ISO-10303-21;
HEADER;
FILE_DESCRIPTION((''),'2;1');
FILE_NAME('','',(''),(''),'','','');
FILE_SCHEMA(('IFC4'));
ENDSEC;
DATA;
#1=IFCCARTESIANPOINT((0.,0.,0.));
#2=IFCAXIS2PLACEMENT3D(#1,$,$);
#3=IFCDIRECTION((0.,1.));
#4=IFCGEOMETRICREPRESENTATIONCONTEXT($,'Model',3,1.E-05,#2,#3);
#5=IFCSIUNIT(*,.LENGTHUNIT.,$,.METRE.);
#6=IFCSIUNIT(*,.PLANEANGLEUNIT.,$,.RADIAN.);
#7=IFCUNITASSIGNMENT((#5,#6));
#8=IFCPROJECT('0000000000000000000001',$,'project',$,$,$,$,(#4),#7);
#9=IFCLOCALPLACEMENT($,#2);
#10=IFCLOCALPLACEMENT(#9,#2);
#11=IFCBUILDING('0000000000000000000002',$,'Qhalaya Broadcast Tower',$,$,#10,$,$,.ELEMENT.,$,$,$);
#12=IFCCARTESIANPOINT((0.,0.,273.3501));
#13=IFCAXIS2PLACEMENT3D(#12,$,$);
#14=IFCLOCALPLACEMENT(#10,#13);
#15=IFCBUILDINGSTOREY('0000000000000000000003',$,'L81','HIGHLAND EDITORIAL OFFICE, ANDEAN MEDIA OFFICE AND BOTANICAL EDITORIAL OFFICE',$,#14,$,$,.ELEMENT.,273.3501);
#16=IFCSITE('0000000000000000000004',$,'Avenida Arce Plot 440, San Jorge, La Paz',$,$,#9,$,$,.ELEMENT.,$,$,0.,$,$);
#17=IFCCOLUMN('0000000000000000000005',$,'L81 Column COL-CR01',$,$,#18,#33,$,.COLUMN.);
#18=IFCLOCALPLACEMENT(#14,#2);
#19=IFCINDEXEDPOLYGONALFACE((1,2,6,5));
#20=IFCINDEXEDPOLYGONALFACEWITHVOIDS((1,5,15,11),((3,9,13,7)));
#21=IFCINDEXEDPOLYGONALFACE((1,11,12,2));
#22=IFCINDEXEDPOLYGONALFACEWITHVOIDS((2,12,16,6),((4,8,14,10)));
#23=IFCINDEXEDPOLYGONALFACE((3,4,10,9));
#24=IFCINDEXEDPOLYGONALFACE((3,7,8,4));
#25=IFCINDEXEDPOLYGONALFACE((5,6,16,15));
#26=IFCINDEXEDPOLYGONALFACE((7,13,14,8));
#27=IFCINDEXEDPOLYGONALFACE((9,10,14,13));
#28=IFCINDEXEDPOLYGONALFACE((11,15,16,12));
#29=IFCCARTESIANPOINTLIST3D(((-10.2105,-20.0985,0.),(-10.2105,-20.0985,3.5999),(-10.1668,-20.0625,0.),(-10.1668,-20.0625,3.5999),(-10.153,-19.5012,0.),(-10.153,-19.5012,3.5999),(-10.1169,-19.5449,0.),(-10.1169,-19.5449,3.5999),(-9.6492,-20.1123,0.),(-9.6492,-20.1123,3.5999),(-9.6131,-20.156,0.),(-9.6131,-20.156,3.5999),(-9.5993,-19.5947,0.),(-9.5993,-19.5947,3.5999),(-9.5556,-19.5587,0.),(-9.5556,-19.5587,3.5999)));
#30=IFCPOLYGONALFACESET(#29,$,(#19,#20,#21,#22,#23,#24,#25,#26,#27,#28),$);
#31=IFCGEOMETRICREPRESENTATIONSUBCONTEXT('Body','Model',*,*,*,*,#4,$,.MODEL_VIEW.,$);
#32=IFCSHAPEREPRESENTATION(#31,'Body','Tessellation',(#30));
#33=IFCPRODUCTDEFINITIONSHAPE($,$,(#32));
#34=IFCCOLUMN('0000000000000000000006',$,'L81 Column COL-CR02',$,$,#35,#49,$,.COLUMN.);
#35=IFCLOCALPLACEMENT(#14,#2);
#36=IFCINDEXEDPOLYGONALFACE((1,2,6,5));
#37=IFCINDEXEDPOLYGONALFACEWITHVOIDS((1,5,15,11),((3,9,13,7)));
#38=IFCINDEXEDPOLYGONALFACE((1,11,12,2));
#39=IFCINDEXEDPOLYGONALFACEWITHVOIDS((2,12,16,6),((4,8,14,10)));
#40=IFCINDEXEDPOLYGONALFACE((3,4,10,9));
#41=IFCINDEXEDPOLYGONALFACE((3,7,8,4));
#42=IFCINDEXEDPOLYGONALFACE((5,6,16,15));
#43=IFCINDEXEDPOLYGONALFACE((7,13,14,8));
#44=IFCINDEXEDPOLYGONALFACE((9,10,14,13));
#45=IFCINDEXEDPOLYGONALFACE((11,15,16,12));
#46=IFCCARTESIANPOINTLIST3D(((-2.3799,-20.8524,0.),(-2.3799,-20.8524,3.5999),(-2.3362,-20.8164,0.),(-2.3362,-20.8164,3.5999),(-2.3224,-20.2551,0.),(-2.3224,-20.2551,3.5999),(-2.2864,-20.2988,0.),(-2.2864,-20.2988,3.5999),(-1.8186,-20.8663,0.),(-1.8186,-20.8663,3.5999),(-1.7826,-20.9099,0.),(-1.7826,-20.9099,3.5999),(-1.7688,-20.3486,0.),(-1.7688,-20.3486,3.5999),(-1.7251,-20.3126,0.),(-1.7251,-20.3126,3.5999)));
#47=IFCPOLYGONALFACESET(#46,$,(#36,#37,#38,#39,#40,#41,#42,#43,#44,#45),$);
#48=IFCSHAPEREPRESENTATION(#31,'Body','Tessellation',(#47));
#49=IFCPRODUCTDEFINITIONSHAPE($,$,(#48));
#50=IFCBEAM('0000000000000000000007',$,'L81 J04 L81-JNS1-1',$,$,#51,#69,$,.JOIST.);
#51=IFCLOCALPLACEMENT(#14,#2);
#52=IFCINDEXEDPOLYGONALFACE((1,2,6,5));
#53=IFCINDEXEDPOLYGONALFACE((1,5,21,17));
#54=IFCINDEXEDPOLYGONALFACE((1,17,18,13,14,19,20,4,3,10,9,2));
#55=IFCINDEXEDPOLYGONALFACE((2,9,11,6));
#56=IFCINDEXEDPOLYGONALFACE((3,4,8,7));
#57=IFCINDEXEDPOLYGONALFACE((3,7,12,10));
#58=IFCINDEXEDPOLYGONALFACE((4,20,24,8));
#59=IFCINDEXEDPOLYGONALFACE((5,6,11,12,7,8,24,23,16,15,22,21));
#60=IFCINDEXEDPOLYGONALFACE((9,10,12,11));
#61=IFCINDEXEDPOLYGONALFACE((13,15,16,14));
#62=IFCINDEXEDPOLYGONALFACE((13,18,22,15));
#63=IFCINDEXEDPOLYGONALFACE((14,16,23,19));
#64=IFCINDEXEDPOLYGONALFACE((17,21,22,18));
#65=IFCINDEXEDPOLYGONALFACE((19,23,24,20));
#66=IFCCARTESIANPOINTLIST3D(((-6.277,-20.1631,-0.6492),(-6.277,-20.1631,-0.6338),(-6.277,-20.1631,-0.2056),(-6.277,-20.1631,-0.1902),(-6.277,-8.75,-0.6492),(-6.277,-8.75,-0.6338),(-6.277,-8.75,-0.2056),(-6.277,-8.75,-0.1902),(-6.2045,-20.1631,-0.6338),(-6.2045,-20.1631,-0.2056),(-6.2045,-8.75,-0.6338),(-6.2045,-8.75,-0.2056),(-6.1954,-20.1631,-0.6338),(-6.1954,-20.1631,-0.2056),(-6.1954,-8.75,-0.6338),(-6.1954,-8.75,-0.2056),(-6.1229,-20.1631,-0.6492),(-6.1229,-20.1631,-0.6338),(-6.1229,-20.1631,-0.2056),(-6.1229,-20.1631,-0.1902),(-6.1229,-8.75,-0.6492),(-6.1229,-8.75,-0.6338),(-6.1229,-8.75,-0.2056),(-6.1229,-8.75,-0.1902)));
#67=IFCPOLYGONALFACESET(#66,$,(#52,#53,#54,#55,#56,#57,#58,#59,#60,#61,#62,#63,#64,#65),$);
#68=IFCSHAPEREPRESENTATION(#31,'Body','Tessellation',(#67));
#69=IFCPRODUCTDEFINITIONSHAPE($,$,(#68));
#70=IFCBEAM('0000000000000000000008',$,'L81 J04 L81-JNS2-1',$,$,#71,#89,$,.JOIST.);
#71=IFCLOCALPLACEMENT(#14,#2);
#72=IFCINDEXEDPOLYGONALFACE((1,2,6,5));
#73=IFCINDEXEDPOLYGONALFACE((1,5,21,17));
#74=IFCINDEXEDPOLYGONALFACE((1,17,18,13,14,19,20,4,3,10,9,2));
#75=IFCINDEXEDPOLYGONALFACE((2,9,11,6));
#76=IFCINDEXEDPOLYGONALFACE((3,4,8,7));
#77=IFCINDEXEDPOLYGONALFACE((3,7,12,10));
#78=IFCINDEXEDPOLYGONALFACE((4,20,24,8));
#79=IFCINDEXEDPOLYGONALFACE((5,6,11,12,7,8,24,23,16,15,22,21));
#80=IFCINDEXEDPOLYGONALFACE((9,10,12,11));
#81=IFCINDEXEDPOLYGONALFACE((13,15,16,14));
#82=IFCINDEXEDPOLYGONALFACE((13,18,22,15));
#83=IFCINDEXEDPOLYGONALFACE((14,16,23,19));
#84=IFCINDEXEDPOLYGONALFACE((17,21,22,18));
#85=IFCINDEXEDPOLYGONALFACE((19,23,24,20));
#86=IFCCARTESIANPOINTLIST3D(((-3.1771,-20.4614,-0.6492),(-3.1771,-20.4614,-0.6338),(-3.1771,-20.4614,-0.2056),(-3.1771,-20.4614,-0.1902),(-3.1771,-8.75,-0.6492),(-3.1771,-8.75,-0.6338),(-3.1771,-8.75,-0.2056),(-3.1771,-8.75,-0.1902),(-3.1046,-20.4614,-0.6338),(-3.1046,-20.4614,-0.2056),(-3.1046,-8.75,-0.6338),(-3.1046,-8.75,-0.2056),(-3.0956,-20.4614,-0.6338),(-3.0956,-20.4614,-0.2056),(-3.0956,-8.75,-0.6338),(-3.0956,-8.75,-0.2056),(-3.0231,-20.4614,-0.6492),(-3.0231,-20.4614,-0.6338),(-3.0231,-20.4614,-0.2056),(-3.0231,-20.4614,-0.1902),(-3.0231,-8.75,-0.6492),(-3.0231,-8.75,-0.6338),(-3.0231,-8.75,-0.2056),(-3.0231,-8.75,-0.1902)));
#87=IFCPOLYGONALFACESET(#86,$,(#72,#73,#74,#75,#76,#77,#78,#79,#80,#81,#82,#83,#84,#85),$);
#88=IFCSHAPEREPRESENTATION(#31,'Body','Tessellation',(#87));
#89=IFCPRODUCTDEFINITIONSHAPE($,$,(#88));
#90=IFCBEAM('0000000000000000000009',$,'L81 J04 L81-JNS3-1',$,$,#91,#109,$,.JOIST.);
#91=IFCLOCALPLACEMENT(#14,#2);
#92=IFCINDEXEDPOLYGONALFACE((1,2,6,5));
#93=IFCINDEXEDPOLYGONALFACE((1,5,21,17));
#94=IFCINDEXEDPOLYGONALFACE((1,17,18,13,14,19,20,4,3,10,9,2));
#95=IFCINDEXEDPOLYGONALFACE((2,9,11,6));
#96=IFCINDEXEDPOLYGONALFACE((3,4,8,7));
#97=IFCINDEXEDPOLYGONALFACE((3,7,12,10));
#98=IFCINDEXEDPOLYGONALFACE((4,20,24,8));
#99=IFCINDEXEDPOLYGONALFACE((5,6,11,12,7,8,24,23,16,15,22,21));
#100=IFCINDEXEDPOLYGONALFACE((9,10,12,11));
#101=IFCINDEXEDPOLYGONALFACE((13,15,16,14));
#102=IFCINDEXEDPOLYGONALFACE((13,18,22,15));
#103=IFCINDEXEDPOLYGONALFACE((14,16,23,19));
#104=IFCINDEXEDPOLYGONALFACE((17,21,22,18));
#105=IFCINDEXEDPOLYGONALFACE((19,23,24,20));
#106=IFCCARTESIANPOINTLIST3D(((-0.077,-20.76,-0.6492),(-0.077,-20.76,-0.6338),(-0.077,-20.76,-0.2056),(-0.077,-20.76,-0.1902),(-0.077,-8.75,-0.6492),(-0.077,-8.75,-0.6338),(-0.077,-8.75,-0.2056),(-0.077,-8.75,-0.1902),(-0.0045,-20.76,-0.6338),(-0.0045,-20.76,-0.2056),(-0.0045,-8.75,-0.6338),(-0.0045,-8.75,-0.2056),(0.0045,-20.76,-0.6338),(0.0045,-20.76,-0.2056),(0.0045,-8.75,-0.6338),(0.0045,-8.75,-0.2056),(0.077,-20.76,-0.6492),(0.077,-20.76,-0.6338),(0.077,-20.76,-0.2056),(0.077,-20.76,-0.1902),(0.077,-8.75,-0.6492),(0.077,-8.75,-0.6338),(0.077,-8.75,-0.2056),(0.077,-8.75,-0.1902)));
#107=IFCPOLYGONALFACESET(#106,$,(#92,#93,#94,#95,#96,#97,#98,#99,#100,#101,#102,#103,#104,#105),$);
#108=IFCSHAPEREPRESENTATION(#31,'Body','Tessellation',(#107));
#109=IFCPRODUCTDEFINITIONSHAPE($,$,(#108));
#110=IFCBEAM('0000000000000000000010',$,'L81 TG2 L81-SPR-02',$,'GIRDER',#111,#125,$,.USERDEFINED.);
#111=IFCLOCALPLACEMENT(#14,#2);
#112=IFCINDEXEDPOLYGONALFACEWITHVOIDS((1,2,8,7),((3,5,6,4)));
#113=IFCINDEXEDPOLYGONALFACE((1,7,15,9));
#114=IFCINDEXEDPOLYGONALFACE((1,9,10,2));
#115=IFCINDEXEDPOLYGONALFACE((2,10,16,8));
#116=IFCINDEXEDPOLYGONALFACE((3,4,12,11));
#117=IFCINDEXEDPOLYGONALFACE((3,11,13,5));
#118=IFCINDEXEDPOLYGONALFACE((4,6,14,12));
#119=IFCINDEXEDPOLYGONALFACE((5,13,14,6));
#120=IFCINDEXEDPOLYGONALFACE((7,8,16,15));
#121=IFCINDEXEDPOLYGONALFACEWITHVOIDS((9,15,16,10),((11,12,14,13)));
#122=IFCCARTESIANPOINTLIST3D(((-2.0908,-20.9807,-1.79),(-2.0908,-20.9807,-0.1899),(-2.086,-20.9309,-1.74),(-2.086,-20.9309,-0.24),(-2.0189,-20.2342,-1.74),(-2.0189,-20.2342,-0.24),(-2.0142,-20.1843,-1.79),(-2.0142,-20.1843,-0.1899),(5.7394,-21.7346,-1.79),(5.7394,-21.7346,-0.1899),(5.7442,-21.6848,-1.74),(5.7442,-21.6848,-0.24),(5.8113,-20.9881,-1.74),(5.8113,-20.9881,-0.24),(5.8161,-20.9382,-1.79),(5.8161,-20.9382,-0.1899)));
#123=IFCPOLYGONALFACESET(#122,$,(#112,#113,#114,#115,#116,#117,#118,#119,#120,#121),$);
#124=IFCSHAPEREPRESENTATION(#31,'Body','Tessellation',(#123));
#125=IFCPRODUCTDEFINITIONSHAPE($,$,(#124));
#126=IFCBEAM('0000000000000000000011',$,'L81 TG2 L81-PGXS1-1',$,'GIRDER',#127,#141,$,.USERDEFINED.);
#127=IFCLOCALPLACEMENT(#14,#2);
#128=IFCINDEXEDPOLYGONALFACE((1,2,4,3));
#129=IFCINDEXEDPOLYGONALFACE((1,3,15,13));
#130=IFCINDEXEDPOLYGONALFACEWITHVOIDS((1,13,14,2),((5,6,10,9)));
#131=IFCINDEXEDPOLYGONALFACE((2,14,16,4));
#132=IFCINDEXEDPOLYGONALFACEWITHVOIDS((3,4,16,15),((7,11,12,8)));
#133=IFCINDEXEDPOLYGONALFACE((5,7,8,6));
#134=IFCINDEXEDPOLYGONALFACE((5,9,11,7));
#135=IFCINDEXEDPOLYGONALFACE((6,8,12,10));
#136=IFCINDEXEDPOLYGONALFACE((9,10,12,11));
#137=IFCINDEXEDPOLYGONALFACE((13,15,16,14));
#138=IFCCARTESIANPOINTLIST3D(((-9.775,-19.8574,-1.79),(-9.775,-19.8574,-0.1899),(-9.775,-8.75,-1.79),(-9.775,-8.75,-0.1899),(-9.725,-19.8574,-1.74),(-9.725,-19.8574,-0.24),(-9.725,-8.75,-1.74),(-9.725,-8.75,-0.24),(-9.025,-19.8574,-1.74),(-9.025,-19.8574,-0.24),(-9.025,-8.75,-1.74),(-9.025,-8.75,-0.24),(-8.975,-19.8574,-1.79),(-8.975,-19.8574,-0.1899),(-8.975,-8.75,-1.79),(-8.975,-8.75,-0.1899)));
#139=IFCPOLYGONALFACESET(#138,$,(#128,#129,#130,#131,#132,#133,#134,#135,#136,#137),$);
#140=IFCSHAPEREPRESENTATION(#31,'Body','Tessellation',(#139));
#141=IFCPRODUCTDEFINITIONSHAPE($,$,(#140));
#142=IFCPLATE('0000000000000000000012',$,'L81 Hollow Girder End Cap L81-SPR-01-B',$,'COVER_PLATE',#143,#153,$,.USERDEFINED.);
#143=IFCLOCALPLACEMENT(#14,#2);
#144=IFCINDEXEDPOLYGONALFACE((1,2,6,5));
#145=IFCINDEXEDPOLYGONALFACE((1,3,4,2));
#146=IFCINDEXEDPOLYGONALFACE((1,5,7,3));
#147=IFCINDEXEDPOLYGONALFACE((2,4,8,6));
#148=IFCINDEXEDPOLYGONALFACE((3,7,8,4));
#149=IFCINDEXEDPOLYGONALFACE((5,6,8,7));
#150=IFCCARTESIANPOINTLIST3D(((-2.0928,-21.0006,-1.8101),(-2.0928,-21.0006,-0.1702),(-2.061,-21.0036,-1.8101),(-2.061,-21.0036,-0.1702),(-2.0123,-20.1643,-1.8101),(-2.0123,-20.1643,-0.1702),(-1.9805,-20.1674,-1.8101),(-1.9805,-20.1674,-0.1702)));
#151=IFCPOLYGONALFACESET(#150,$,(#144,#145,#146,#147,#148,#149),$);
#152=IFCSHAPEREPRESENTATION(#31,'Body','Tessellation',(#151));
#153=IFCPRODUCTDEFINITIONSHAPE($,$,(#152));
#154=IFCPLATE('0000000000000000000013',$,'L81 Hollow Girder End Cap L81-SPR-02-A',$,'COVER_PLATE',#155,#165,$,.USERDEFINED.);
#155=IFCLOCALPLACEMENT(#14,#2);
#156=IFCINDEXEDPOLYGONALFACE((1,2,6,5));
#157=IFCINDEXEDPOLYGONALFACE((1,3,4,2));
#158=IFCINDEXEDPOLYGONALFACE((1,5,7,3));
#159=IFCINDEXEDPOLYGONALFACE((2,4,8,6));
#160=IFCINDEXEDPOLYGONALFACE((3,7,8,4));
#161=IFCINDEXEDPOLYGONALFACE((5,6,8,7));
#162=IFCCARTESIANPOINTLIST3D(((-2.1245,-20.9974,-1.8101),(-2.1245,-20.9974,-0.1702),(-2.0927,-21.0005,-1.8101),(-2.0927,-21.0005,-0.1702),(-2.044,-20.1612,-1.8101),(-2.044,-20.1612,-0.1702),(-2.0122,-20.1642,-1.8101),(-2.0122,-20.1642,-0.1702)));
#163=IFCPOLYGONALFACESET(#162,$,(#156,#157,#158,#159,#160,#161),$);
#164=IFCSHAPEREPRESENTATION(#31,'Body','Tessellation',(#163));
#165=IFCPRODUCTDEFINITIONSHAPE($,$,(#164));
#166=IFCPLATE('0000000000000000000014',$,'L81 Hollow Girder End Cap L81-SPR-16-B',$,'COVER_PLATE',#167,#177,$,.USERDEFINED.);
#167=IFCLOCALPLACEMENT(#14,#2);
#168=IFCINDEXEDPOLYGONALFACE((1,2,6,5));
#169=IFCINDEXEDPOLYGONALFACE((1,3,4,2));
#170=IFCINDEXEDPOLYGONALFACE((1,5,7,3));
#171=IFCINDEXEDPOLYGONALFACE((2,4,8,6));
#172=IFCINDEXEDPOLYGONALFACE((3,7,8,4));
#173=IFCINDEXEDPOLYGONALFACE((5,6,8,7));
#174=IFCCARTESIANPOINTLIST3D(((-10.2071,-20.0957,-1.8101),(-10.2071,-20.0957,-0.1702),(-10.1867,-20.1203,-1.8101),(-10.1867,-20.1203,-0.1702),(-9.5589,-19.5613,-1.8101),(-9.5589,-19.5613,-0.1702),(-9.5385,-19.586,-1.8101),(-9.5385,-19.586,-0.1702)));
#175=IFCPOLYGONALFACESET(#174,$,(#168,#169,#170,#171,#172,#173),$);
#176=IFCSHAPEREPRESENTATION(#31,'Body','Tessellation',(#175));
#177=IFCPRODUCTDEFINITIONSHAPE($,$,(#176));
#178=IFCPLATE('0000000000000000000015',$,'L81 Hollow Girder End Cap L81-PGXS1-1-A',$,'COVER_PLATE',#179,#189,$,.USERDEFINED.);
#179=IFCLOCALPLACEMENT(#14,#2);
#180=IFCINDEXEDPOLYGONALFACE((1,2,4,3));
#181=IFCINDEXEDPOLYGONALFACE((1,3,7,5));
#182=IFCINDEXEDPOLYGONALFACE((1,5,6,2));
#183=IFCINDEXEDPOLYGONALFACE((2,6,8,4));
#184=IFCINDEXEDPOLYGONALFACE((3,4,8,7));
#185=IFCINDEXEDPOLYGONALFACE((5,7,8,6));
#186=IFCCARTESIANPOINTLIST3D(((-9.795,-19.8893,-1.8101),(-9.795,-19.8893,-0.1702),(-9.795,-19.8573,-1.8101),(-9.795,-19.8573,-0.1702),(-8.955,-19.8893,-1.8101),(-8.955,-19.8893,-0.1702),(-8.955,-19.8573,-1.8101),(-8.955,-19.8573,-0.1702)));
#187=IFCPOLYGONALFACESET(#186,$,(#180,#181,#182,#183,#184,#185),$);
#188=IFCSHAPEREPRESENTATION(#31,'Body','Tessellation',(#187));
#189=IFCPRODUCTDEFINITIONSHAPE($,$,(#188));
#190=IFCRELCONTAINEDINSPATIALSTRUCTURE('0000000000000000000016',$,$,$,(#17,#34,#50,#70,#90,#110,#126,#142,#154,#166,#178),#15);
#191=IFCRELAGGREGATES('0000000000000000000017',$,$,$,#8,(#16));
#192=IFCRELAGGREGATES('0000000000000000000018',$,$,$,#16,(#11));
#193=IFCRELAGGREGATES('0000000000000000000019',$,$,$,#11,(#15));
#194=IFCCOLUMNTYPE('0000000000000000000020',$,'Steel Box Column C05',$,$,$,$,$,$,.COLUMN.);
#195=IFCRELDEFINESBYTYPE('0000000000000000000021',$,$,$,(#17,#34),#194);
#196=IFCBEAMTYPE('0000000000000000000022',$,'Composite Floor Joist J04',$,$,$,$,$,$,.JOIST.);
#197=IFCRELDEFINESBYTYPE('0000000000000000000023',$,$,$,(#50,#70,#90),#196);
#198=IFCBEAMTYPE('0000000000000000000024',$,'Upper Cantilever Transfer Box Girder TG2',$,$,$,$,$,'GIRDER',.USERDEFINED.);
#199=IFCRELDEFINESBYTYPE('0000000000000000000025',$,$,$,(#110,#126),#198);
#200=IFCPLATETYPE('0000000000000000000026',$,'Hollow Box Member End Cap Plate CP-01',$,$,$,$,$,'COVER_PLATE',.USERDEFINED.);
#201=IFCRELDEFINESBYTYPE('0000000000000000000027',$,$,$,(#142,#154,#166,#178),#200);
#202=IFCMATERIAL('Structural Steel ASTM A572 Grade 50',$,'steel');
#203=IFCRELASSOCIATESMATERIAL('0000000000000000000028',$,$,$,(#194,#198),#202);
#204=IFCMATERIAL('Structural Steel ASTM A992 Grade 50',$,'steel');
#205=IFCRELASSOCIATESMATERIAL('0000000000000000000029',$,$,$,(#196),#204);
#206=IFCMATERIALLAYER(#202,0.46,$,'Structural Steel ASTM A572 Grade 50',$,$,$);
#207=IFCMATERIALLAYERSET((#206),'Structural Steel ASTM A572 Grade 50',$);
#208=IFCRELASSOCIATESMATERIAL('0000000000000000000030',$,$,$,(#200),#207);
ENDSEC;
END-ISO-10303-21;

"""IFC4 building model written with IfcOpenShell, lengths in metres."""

from ifc_helpers import new_model, si_unit, direction, frame, origin, origin_2d, place, context, subcontext, project, spatial, rectangle, hollow_rectangle, i_section, extrude, material, layer, layer_set, material_profile, profile_set, type_object, element, save


model = new_model("IFC4")

# Units and contexts
model_context = context("Model", 3, precision=1e-05, world=origin(), true_north=direction((0.0, 1.0)))
body_context = subcontext(model_context, "Body", "Model", "MODEL_VIEW")
ifc_project = project(units=[si_unit("LENGTHUNIT", "METRE"), si_unit("PLANEANGLEUNIT", "RADIAN")], contexts=[model_context])

# Site, building, storey
site_placement = place(None, origin())
site = spatial("IfcSite", under=ifc_project, at=site_placement, Name="Avenida Arce Plot 440, San Jorge, La Paz", CompositionType="ELEMENT", RefElevation=0.0)
building_placement = place(site_placement, origin())
building = spatial("IfcBuilding", under=site, at=building_placement, Name="Qhalaya Broadcast Tower", CompositionType="ELEMENT")
storey_placement = place(building_placement, frame((0.0, 0.0, 273.3501)))
storey = spatial("IfcBuildingStorey", under=building, at=storey_placement, Name="L81", Description="HIGHLAND EDITORIAL OFFICE, ANDEAN MEDIA OFFICE AND BOTANICAL EDITORIAL OFFICE", CompositionType="ELEMENT", Elevation=273.3501)

# Columns
ifc_material_1 = material(Name="Structural Steel ASTM A572 Grade 50", Category="steel")
ifc_material_profile_1 = material_profile(ifc_material_1, hollow_rectangle(XDim=0.6001, YDim=0.6001, WallThickness=0.04, at=origin_2d()), Name="BOX 600x600x40")
ifc_profile_set_1 = profile_set([ifc_material_profile_1], Name="Structural Steel ASTM A572 Grade 50")
column_type = type_object("IfcColumnType", Name="Steel Box Column C05", PredefinedType="COLUMN", material=ifc_profile_set_1)
for number, where, z_axis, x_axis, name in (
    (1, (-9.8831, -19.8286, 0.0), (0.0, 0.0, 1.0), (0.995396, -0.095846, 0.0), "L81 Column COL-CR01"),
    (2, (-2.0525, -20.5825, 0.0), (0.0, 0.0, 1.0), (0.995396, -0.095846, 0.0), "L81 Column COL-CR02"),
):
    element("IfcColumn", number, at=place(storey_placement, frame(where, z_axis=z_axis, x_axis=x_axis)), inside=storey, type_object=column_type, Name=name, PredefinedType="COLUMN", context=body_context, shape_type="SweptSolid", body=[
        extrude(hollow_rectangle(XDim=0.6001, YDim=0.6001, WallThickness=0.04, at=origin_2d()), origin(), (0.0, 0.0, 1.0), 3.5999),
    ])

# Beams
ifc_material_2 = material(Name="Structural Steel ASTM A992 Grade 50", Category="steel")
ifc_material_profile_2 = material_profile(ifc_material_2, i_section(OverallWidth=0.1541, OverallDepth=0.459, WebThickness=0.009, FlangeThickness=0.0154, at=origin_2d()), Name="W18X46")
ifc_profile_set_2 = profile_set([ifc_material_profile_2], Name="Structural Steel ASTM A992 Grade 50")
beam_type_1 = type_object("IfcBeamType", Name="Composite Floor Joist J04", PredefinedType="JOIST", material=ifc_profile_set_2)
beam_1_placement = place(storey_placement, frame((-6.2, -20.1631, -0.4197), z_axis=(0.0, 1.0, 0.0), x_axis=(-1.0, 0.0, 0.0)))
element("IfcBeam", 3, at=beam_1_placement, inside=storey, type_object=beam_type_1, Name="L81 J04 L81-JNS1-1", PredefinedType="JOIST", context=body_context, shape_type="SweptSolid", body=[
    extrude(i_section(OverallWidth=0.1541, OverallDepth=0.459, WebThickness=0.009, FlangeThickness=0.0154, at=origin_2d()), origin(), (0.0, 0.0, 1.0), 11.4131),
])
beam_2_placement = place(storey_placement, frame((-3.1001, -20.4614, -0.4197), z_axis=(0.0, 1.0, 0.0), x_axis=(-1.0, 0.0, 0.0)))
element("IfcBeam", 4, at=beam_2_placement, inside=storey, type_object=beam_type_1, Name="L81 J04 L81-JNS2-1", PredefinedType="JOIST", context=body_context, shape_type="SweptSolid", body=[
    extrude(i_section(OverallWidth=0.1541, OverallDepth=0.459, WebThickness=0.009, FlangeThickness=0.0154, at=origin_2d()), origin(), (0.0, 0.0, 1.0), 11.7114),
])
beam_3_placement = place(storey_placement, frame((0.0, -20.76, -0.4197), z_axis=(0.0, 1.0, 0.0), x_axis=(-1.0, 0.0, 0.0)))
element("IfcBeam", 5, at=beam_3_placement, inside=storey, type_object=beam_type_1, Name="L81 J04 L81-JNS3-1", PredefinedType="JOIST", context=body_context, shape_type="SweptSolid", body=[
    extrude(i_section(OverallWidth=0.1541, OverallDepth=0.459, WebThickness=0.009, FlangeThickness=0.0154, at=origin_2d()), origin(), (0.0, 0.0, 1.0), 12.01),
])
ifc_material_profile_3 = material_profile(ifc_material_1, hollow_rectangle(XDim=0.8, YDim=1.6001, WallThickness=0.05, at=origin_2d()), Name="BOX 800x1600x50")
ifc_profile_set_3 = profile_set([ifc_material_profile_3], Name="Structural Steel ASTM A572 Grade 50")
beam_type_2 = type_object("IfcBeamType", Name="Upper Cantilever Transfer Box Girder TG2", ElementType="GIRDER", PredefinedType="USERDEFINED", material=ifc_profile_set_3)
beam_4_placement = place(storey_placement, frame((-2.0525, -20.5825, -0.99), z_axis=(0.995397, -0.095837, 0.0), x_axis=(0.095837, 0.995397, 0.0)))
element("IfcBeam", 6, at=beam_4_placement, inside=storey, type_object=beam_type_2, Name="L81 TG2 L81-SPR-02", ObjectType="GIRDER", PredefinedType="USERDEFINED", context=body_context, shape_type="SweptSolid", body=[
    extrude(hollow_rectangle(XDim=0.8, YDim=1.6001, WallThickness=0.05, at=origin_2d()), origin(), (0.0, 0.0, 1.0), 7.8665),
])
beam_5_placement = place(storey_placement, frame((-9.375, -19.8574, -0.99), z_axis=(0.0, 1.0, 0.0), x_axis=(-1.0, 0.0, 0.0)))
element("IfcBeam", 7, at=beam_5_placement, inside=storey, type_object=beam_type_2, Name="L81 TG2 L81-PGXS1-1", ObjectType="GIRDER", PredefinedType="USERDEFINED", context=body_context, shape_type="SweptSolid", body=[
    extrude(hollow_rectangle(XDim=0.8, YDim=1.6001, WallThickness=0.05, at=origin_2d()), origin(), (0.0, 0.0, 1.0), 11.1074),
])

# Plates
ifc_layer_1 = layer(ifc_material_1, 0.46, Name="Structural Steel ASTM A572 Grade 50")
ifc_layer_set_1 = layer_set([ifc_layer_1], Name="Structural Steel ASTM A572 Grade 50")
plate_type = type_object("IfcPlateType", Name="Hollow Box Member End Cap Plate CP-01", ElementType="COVER_PLATE", PredefinedType="USERDEFINED", material=ifc_layer_set_1)
for number, where, z_axis, x_axis, name in (
    (8, (-2.0366, -20.584, -1.8101), (0.0, 0.0, 1.0), (0.095828, 0.995398, 0.0), "L81 Hollow Girder End Cap L81-SPR-01-B"),
    (9, (-2.0684, -20.5808, -1.8101), (0.0, 0.0, 1.0), (0.095846, 0.995396, 0.0), "L81 Hollow Girder End Cap L81-SPR-02-A"),
    (10, (-9.8728, -19.8408, -1.8101), (0.0, 0.0, 1.0), (0.771625, 0.636078, 0.0), "L81 Hollow Girder End Cap L81-SPR-16-B"),
    (11, (-9.375, -19.8733, -1.8101), (0.0, 0.0, 1.0), (-1.0, 0.0, 0.0), "L81 Hollow Girder End Cap L81-PGXS1-1-A"),
):
    element("IfcPlate", number, at=place(storey_placement, frame(where, z_axis=z_axis, x_axis=x_axis)), inside=storey, type_object=plate_type, Name=name, ObjectType="COVER_PLATE", PredefinedType="USERDEFINED", context=body_context, shape_type="SweptSolid", body=[
        extrude(rectangle(XDim=0.8401, YDim=0.032, at=origin_2d()), origin(), (0.0, 0.0, 1.0), 1.6399),
    ])

save(model, "model.ifc")
